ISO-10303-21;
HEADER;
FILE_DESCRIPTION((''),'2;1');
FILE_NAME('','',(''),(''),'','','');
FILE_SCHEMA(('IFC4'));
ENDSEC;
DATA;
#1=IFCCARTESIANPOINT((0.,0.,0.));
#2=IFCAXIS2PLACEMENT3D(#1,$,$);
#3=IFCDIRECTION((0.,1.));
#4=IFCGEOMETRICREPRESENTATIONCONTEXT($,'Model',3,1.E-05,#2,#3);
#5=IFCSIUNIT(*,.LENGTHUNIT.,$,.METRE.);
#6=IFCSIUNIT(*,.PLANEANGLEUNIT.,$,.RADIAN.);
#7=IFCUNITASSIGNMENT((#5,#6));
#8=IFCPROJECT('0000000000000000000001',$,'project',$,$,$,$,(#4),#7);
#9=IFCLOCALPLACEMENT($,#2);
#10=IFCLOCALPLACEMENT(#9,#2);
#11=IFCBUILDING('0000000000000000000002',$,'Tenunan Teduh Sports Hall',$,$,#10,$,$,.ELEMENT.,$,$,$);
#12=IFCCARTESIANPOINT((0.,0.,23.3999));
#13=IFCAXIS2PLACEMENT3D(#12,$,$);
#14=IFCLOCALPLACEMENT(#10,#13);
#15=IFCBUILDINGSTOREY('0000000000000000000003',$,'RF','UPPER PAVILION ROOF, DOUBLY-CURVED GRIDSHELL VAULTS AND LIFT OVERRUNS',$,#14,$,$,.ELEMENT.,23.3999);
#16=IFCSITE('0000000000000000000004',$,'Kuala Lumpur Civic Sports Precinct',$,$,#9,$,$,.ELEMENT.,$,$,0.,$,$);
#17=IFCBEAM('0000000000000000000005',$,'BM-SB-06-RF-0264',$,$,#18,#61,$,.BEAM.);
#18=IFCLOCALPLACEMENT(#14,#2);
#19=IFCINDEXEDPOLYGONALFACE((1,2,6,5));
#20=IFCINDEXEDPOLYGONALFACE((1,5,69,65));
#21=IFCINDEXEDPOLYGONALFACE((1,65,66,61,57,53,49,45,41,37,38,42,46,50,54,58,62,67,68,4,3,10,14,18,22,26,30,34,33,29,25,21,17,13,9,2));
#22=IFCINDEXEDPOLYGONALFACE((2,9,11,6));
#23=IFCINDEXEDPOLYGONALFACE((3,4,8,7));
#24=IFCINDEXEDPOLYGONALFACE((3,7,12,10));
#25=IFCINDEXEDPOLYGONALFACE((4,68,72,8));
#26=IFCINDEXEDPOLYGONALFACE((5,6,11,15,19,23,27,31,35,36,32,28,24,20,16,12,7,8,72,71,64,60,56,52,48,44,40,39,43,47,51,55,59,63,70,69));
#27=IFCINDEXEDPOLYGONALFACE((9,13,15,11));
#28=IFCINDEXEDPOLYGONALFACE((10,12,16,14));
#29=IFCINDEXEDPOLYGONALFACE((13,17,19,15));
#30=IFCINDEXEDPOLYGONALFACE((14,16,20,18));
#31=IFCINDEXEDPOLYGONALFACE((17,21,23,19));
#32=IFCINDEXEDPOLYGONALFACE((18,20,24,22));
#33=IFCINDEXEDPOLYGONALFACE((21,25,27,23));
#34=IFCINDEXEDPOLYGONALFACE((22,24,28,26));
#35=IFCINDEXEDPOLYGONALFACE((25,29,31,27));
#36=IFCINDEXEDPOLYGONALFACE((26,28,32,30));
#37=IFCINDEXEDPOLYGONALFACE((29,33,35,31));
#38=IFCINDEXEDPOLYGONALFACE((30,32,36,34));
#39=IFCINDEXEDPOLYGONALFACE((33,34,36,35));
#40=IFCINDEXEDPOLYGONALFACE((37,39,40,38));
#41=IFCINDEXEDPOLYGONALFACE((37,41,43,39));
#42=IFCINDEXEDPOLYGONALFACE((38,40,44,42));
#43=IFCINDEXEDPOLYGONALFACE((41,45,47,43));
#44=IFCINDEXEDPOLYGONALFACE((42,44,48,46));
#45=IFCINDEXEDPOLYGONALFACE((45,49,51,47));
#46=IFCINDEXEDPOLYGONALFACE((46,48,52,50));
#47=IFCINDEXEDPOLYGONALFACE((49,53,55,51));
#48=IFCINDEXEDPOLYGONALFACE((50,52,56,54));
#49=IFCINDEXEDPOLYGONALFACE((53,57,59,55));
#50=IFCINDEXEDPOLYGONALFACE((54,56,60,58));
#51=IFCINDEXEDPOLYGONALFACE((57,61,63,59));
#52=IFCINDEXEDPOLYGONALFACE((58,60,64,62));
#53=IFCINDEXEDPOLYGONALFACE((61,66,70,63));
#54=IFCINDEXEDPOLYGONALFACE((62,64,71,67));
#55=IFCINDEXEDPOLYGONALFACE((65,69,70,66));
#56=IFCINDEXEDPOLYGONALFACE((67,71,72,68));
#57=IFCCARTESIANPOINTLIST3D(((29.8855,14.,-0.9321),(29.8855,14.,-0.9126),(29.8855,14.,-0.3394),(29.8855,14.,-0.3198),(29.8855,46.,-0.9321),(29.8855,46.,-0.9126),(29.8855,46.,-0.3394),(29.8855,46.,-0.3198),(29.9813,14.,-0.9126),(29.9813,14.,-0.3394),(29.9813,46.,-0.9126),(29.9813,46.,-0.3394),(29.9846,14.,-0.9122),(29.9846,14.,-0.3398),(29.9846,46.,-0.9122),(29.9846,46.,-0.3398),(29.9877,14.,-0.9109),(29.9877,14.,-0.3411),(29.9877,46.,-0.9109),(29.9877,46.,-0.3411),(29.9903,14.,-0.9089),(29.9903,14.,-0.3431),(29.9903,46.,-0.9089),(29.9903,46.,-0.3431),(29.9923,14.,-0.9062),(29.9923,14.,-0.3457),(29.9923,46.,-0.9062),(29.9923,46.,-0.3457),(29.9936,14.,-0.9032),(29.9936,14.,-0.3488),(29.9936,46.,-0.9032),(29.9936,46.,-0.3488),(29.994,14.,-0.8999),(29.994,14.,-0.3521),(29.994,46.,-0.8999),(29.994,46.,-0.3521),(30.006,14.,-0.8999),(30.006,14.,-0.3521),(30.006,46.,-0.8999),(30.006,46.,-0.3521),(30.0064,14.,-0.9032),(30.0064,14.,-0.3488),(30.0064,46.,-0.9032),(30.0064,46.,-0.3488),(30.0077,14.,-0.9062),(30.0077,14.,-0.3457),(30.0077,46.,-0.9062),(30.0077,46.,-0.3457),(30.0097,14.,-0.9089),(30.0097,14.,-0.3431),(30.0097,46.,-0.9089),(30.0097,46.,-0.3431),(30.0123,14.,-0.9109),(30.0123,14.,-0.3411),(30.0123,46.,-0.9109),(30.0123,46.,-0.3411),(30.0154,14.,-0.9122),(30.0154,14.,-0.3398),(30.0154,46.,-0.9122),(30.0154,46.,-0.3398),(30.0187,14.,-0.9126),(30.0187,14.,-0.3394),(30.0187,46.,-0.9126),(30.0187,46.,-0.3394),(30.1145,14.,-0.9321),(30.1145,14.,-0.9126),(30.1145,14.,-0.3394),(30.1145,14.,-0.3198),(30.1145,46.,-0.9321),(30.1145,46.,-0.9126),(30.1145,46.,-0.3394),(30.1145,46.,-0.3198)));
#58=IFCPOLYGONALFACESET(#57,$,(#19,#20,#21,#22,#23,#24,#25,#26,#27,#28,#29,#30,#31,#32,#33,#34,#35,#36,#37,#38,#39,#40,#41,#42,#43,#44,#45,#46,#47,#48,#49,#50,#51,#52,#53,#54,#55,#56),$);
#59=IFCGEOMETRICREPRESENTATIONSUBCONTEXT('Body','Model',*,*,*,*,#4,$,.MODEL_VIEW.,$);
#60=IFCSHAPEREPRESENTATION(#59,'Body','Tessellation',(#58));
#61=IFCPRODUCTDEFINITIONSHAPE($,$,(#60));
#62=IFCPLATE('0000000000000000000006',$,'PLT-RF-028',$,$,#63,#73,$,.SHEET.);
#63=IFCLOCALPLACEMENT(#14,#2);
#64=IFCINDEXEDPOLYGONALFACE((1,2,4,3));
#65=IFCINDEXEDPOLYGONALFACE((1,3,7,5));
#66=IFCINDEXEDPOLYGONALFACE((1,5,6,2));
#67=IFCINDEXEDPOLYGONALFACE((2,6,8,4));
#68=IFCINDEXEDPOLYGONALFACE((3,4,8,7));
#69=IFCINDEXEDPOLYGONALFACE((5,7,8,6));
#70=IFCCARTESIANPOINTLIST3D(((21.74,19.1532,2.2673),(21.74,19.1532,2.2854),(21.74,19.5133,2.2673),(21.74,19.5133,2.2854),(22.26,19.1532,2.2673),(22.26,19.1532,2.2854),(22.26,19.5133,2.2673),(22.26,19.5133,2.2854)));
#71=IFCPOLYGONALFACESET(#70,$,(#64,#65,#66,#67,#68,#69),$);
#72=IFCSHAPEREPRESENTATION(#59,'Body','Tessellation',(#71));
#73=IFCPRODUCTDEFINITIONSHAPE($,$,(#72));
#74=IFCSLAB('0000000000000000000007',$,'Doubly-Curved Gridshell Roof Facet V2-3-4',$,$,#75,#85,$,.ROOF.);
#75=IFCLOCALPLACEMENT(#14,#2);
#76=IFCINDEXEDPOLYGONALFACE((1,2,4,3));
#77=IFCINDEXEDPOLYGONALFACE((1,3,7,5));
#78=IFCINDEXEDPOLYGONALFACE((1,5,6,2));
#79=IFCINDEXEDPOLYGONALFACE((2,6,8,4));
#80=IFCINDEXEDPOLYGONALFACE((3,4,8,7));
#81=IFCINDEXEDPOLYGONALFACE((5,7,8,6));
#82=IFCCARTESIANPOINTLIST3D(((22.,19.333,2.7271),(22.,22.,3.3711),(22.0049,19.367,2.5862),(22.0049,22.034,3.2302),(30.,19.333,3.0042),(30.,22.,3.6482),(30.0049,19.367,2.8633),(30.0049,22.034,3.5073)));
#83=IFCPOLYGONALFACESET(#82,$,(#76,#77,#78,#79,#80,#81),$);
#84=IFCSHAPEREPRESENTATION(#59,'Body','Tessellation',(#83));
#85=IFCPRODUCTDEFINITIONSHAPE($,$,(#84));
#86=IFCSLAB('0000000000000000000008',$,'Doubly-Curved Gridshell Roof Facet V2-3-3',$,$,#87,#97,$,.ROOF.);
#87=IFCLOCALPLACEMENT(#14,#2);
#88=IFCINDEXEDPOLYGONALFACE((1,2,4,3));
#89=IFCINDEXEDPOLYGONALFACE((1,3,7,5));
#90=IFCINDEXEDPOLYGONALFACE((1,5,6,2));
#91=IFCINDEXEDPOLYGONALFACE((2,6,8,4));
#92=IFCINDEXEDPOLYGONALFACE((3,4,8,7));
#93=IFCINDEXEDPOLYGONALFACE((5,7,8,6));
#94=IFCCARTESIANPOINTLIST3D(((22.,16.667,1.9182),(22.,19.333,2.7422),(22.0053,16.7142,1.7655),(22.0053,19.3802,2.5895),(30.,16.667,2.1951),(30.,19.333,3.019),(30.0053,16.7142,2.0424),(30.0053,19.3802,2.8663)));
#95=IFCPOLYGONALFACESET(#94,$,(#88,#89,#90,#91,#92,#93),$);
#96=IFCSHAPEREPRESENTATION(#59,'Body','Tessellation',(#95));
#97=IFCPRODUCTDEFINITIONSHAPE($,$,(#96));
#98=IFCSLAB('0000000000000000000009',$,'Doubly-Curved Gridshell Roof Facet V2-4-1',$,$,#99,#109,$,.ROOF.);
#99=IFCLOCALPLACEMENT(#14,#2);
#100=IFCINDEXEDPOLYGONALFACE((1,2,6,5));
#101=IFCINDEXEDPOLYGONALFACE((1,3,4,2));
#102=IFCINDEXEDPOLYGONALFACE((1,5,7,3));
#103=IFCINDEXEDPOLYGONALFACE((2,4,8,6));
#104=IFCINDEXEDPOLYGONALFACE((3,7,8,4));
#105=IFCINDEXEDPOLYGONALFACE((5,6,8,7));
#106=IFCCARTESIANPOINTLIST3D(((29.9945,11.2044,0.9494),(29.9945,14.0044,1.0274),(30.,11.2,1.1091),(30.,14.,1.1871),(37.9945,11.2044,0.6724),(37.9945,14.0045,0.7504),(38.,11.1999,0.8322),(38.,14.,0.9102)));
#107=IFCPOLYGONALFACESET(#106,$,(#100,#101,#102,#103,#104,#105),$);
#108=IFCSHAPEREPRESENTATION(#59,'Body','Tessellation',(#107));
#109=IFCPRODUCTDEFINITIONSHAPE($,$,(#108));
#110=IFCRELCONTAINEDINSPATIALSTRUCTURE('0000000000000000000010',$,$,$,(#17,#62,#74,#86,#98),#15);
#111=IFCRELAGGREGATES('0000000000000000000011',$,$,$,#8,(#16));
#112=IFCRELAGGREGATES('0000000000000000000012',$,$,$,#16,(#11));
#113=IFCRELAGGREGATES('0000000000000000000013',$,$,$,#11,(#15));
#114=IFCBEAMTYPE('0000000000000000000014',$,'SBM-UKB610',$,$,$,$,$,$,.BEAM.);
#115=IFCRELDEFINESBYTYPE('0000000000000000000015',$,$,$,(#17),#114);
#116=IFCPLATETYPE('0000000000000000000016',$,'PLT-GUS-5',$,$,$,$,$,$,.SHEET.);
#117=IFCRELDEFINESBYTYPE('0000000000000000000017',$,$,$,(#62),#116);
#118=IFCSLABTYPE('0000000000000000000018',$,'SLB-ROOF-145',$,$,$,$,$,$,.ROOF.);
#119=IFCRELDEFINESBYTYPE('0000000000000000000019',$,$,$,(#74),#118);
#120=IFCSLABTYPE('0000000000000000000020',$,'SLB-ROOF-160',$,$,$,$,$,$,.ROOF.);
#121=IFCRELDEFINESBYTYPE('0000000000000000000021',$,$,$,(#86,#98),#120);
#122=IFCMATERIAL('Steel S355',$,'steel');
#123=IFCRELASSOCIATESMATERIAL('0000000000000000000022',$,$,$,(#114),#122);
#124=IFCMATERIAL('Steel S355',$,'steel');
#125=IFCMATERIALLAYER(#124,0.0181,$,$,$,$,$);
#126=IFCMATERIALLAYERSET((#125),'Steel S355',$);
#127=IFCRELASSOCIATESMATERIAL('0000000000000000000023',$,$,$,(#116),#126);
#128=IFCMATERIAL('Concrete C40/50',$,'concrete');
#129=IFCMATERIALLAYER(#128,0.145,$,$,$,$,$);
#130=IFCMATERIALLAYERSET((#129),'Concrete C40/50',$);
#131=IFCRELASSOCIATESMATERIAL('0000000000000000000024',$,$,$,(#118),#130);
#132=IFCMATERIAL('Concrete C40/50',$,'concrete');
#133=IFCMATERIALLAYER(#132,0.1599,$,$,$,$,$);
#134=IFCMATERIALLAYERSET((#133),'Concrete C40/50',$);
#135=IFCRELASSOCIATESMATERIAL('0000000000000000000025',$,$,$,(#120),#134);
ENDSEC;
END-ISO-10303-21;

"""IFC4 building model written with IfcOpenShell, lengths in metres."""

from ifc_helpers import new_model, si_unit, direction, frame, origin, origin_2d, place, context, subcontext, project, spatial, polyline, rectangle, i_section, outline, extrude, material, layer, layer_set, material_profile, profile_set, type_object, element, save


model = new_model("IFC4")

# Units and contexts
model_context = context("Model", 3, precision=1e-05, world=origin(), true_north=direction((0.0, 1.0)))
body_context = subcontext(model_context, "Body", "Model", "MODEL_VIEW")
ifc_project = project(units=[si_unit("LENGTHUNIT", "METRE"), si_unit("PLANEANGLEUNIT", "RADIAN")], contexts=[model_context])

# Site, building, storey
site_placement = place(None, origin())
site = spatial("IfcSite", under=ifc_project, at=site_placement, Name="Kuala Lumpur Civic Sports Precinct", CompositionType="ELEMENT", RefElevation=0.0)
building_placement = place(site_placement, origin())
building = spatial("IfcBuilding", under=site, at=building_placement, Name="Tenunan Teduh Sports Hall", CompositionType="ELEMENT")
storey_placement = place(building_placement, frame((0.0, 0.0, 23.3999)))
storey = spatial("IfcBuildingStorey", under=building, at=storey_placement, Name="RF", Description="UPPER PAVILION ROOF, DOUBLY-CURVED GRIDSHELL VAULTS AND LIFT OVERRUNS", CompositionType="ELEMENT", Elevation=23.3999)

# Beam
ifc_material_1 = material(Name="Steel S355", Category="steel")
ifc_material_profile_1 = material_profile(ifc_material_1, i_section(OverallWidth=0.229, OverallDepth=0.6123, WebThickness=0.012, FlangeThickness=0.0195, FilletRadius=0.0127, at=origin_2d()), Name="UKB 610x229x125")
ifc_profile_set_1 = profile_set([ifc_material_profile_1], Name="Steel S355")
beam_type_1 = type_object("IfcBeamType", Name="SBM-UKB610", PredefinedType="BEAM", material=ifc_profile_set_1)
beam_1_placement = place(storey_placement, frame((30.0, 14.0, -0.626), z_axis=(0.0, 1.0, 0.0), x_axis=(-1.0, 0.0, 0.0)))
element("IfcBeam", 1, at=beam_1_placement, inside=storey, type_object=beam_type_1, Name="BM-SB-06-RF-0264", PredefinedType="BEAM", context=body_context, shape_type="SweptSolid", body=[
    extrude(i_section(OverallWidth=0.229, OverallDepth=0.6123, WebThickness=0.012, FlangeThickness=0.0195, FilletRadius=0.0127, at=origin_2d()), origin(), (0.0, 0.0, 1.0), 32.0),
])

# Plate
ifc_material_2 = material(Name="Steel S355", Category="steel")
ifc_layer_1 = layer(ifc_material_2, 0.0181)
ifc_layer_set_1 = layer_set([ifc_layer_1], Name="Steel S355")
plate_type = type_object("IfcPlateType", Name="PLT-GUS-5", PredefinedType="SHEET", material=ifc_layer_set_1)
plate_placement = place(storey_placement, frame((22.0, 19.3333, 2.2673), z_axis=(0.0, 0.0, 1.0), x_axis=(1.0, 0.0, 0.0)))
element("IfcPlate", 2, at=plate_placement, inside=storey, type_object=plate_type, Name="PLT-RF-028", PredefinedType="SHEET", context=body_context, shape_type="SweptSolid", body=[
    extrude(rectangle(XDim=0.52, YDim=0.3601, at=origin_2d()), origin(), (0.0, 0.0, 1.0), 0.0181),
])

# Slabs
ifc_material_3 = material(Name="Concrete C40/50", Category="concrete")
ifc_layer_2 = layer(ifc_material_3, 0.145)
ifc_layer_set_2 = layer_set([ifc_layer_2], Name="Concrete C40/50")
slab_type_1 = type_object("IfcSlabType", Name="SLB-ROOF-145", PredefinedType="ROOF", material=ifc_layer_set_2)
slab_1_placement = place(storey_placement, frame((22.0, 19.333, 2.7271), z_axis=(-0.033651, -0.234606, 0.971508), x_axis=(0.999401, 0.0, 0.034617)))
element("IfcSlab", 3, at=slab_1_placement, inside=storey, type_object=slab_type_1, Name="Doubly-Curved Gridshell Roof Facet V2-3-4", PredefinedType="ROOF", context=body_context, shape_type="SweptSolid", body=[
    extrude(outline(polyline([(0.0, 0.0), (8.0048, 0.0), (8.0271, 2.7436), (0.0223, 2.7436), (0.0, 0.0)])), origin(), (0.0, 0.0, -1.0), 0.145),
])
ifc_material_4 = material(Name="Concrete C40/50", Category="concrete")
ifc_layer_3 = layer(ifc_material_4, 0.1599)
ifc_layer_set_3 = layer_set([ifc_layer_3], Name="Concrete C40/50")
slab_type_2 = type_object("IfcSlabType", Name="SLB-ROOF-160", PredefinedType="ROOF", material=ifc_layer_set_3)
slab_2_placement = place(storey_placement, frame((22.0, 16.667, 1.9182), z_axis=(-0.033046, -0.295123, 0.954888), x_axis=(0.999402, 0.0, 0.034586)))
element("IfcSlab", 4, at=slab_2_placement, inside=storey, type_object=slab_type_2, Name="Doubly-Curved Gridshell Roof Facet V2-3-3", PredefinedType="ROOF", context=body_context, shape_type="SweptSolid", body=[
    extrude(outline(polyline([(0.0, 0.0), (8.0048, 0.0), (8.0333, 2.7903), (0.0285, 2.7903), (0.0, 0.0)])), origin(), (0.0, 0.0, -1.0), 0.1599),
])
slab_3_placement = place(storey_placement, frame((30.0, 11.2, 1.1091), z_axis=(0.034588, -0.02783, 0.999014), x_axis=(0.999401, 0.0, -0.034601)))
element("IfcSlab", 5, at=slab_3_placement, inside=storey, type_object=slab_type_2, Name="Doubly-Curved Gridshell Roof Facet V2-4-1", PredefinedType="ROOF", context=body_context, shape_type="SweptSolid", body=[
    extrude(outline(polyline([(0.0, 0.0), (8.0048, 0.0), (8.0021, 2.8011), (-0.0027, 2.8011), (0.0, 0.0)])), origin(), (0.0, 0.0, -1.0), 0.1599),
])

save(model, "model.ifc")
